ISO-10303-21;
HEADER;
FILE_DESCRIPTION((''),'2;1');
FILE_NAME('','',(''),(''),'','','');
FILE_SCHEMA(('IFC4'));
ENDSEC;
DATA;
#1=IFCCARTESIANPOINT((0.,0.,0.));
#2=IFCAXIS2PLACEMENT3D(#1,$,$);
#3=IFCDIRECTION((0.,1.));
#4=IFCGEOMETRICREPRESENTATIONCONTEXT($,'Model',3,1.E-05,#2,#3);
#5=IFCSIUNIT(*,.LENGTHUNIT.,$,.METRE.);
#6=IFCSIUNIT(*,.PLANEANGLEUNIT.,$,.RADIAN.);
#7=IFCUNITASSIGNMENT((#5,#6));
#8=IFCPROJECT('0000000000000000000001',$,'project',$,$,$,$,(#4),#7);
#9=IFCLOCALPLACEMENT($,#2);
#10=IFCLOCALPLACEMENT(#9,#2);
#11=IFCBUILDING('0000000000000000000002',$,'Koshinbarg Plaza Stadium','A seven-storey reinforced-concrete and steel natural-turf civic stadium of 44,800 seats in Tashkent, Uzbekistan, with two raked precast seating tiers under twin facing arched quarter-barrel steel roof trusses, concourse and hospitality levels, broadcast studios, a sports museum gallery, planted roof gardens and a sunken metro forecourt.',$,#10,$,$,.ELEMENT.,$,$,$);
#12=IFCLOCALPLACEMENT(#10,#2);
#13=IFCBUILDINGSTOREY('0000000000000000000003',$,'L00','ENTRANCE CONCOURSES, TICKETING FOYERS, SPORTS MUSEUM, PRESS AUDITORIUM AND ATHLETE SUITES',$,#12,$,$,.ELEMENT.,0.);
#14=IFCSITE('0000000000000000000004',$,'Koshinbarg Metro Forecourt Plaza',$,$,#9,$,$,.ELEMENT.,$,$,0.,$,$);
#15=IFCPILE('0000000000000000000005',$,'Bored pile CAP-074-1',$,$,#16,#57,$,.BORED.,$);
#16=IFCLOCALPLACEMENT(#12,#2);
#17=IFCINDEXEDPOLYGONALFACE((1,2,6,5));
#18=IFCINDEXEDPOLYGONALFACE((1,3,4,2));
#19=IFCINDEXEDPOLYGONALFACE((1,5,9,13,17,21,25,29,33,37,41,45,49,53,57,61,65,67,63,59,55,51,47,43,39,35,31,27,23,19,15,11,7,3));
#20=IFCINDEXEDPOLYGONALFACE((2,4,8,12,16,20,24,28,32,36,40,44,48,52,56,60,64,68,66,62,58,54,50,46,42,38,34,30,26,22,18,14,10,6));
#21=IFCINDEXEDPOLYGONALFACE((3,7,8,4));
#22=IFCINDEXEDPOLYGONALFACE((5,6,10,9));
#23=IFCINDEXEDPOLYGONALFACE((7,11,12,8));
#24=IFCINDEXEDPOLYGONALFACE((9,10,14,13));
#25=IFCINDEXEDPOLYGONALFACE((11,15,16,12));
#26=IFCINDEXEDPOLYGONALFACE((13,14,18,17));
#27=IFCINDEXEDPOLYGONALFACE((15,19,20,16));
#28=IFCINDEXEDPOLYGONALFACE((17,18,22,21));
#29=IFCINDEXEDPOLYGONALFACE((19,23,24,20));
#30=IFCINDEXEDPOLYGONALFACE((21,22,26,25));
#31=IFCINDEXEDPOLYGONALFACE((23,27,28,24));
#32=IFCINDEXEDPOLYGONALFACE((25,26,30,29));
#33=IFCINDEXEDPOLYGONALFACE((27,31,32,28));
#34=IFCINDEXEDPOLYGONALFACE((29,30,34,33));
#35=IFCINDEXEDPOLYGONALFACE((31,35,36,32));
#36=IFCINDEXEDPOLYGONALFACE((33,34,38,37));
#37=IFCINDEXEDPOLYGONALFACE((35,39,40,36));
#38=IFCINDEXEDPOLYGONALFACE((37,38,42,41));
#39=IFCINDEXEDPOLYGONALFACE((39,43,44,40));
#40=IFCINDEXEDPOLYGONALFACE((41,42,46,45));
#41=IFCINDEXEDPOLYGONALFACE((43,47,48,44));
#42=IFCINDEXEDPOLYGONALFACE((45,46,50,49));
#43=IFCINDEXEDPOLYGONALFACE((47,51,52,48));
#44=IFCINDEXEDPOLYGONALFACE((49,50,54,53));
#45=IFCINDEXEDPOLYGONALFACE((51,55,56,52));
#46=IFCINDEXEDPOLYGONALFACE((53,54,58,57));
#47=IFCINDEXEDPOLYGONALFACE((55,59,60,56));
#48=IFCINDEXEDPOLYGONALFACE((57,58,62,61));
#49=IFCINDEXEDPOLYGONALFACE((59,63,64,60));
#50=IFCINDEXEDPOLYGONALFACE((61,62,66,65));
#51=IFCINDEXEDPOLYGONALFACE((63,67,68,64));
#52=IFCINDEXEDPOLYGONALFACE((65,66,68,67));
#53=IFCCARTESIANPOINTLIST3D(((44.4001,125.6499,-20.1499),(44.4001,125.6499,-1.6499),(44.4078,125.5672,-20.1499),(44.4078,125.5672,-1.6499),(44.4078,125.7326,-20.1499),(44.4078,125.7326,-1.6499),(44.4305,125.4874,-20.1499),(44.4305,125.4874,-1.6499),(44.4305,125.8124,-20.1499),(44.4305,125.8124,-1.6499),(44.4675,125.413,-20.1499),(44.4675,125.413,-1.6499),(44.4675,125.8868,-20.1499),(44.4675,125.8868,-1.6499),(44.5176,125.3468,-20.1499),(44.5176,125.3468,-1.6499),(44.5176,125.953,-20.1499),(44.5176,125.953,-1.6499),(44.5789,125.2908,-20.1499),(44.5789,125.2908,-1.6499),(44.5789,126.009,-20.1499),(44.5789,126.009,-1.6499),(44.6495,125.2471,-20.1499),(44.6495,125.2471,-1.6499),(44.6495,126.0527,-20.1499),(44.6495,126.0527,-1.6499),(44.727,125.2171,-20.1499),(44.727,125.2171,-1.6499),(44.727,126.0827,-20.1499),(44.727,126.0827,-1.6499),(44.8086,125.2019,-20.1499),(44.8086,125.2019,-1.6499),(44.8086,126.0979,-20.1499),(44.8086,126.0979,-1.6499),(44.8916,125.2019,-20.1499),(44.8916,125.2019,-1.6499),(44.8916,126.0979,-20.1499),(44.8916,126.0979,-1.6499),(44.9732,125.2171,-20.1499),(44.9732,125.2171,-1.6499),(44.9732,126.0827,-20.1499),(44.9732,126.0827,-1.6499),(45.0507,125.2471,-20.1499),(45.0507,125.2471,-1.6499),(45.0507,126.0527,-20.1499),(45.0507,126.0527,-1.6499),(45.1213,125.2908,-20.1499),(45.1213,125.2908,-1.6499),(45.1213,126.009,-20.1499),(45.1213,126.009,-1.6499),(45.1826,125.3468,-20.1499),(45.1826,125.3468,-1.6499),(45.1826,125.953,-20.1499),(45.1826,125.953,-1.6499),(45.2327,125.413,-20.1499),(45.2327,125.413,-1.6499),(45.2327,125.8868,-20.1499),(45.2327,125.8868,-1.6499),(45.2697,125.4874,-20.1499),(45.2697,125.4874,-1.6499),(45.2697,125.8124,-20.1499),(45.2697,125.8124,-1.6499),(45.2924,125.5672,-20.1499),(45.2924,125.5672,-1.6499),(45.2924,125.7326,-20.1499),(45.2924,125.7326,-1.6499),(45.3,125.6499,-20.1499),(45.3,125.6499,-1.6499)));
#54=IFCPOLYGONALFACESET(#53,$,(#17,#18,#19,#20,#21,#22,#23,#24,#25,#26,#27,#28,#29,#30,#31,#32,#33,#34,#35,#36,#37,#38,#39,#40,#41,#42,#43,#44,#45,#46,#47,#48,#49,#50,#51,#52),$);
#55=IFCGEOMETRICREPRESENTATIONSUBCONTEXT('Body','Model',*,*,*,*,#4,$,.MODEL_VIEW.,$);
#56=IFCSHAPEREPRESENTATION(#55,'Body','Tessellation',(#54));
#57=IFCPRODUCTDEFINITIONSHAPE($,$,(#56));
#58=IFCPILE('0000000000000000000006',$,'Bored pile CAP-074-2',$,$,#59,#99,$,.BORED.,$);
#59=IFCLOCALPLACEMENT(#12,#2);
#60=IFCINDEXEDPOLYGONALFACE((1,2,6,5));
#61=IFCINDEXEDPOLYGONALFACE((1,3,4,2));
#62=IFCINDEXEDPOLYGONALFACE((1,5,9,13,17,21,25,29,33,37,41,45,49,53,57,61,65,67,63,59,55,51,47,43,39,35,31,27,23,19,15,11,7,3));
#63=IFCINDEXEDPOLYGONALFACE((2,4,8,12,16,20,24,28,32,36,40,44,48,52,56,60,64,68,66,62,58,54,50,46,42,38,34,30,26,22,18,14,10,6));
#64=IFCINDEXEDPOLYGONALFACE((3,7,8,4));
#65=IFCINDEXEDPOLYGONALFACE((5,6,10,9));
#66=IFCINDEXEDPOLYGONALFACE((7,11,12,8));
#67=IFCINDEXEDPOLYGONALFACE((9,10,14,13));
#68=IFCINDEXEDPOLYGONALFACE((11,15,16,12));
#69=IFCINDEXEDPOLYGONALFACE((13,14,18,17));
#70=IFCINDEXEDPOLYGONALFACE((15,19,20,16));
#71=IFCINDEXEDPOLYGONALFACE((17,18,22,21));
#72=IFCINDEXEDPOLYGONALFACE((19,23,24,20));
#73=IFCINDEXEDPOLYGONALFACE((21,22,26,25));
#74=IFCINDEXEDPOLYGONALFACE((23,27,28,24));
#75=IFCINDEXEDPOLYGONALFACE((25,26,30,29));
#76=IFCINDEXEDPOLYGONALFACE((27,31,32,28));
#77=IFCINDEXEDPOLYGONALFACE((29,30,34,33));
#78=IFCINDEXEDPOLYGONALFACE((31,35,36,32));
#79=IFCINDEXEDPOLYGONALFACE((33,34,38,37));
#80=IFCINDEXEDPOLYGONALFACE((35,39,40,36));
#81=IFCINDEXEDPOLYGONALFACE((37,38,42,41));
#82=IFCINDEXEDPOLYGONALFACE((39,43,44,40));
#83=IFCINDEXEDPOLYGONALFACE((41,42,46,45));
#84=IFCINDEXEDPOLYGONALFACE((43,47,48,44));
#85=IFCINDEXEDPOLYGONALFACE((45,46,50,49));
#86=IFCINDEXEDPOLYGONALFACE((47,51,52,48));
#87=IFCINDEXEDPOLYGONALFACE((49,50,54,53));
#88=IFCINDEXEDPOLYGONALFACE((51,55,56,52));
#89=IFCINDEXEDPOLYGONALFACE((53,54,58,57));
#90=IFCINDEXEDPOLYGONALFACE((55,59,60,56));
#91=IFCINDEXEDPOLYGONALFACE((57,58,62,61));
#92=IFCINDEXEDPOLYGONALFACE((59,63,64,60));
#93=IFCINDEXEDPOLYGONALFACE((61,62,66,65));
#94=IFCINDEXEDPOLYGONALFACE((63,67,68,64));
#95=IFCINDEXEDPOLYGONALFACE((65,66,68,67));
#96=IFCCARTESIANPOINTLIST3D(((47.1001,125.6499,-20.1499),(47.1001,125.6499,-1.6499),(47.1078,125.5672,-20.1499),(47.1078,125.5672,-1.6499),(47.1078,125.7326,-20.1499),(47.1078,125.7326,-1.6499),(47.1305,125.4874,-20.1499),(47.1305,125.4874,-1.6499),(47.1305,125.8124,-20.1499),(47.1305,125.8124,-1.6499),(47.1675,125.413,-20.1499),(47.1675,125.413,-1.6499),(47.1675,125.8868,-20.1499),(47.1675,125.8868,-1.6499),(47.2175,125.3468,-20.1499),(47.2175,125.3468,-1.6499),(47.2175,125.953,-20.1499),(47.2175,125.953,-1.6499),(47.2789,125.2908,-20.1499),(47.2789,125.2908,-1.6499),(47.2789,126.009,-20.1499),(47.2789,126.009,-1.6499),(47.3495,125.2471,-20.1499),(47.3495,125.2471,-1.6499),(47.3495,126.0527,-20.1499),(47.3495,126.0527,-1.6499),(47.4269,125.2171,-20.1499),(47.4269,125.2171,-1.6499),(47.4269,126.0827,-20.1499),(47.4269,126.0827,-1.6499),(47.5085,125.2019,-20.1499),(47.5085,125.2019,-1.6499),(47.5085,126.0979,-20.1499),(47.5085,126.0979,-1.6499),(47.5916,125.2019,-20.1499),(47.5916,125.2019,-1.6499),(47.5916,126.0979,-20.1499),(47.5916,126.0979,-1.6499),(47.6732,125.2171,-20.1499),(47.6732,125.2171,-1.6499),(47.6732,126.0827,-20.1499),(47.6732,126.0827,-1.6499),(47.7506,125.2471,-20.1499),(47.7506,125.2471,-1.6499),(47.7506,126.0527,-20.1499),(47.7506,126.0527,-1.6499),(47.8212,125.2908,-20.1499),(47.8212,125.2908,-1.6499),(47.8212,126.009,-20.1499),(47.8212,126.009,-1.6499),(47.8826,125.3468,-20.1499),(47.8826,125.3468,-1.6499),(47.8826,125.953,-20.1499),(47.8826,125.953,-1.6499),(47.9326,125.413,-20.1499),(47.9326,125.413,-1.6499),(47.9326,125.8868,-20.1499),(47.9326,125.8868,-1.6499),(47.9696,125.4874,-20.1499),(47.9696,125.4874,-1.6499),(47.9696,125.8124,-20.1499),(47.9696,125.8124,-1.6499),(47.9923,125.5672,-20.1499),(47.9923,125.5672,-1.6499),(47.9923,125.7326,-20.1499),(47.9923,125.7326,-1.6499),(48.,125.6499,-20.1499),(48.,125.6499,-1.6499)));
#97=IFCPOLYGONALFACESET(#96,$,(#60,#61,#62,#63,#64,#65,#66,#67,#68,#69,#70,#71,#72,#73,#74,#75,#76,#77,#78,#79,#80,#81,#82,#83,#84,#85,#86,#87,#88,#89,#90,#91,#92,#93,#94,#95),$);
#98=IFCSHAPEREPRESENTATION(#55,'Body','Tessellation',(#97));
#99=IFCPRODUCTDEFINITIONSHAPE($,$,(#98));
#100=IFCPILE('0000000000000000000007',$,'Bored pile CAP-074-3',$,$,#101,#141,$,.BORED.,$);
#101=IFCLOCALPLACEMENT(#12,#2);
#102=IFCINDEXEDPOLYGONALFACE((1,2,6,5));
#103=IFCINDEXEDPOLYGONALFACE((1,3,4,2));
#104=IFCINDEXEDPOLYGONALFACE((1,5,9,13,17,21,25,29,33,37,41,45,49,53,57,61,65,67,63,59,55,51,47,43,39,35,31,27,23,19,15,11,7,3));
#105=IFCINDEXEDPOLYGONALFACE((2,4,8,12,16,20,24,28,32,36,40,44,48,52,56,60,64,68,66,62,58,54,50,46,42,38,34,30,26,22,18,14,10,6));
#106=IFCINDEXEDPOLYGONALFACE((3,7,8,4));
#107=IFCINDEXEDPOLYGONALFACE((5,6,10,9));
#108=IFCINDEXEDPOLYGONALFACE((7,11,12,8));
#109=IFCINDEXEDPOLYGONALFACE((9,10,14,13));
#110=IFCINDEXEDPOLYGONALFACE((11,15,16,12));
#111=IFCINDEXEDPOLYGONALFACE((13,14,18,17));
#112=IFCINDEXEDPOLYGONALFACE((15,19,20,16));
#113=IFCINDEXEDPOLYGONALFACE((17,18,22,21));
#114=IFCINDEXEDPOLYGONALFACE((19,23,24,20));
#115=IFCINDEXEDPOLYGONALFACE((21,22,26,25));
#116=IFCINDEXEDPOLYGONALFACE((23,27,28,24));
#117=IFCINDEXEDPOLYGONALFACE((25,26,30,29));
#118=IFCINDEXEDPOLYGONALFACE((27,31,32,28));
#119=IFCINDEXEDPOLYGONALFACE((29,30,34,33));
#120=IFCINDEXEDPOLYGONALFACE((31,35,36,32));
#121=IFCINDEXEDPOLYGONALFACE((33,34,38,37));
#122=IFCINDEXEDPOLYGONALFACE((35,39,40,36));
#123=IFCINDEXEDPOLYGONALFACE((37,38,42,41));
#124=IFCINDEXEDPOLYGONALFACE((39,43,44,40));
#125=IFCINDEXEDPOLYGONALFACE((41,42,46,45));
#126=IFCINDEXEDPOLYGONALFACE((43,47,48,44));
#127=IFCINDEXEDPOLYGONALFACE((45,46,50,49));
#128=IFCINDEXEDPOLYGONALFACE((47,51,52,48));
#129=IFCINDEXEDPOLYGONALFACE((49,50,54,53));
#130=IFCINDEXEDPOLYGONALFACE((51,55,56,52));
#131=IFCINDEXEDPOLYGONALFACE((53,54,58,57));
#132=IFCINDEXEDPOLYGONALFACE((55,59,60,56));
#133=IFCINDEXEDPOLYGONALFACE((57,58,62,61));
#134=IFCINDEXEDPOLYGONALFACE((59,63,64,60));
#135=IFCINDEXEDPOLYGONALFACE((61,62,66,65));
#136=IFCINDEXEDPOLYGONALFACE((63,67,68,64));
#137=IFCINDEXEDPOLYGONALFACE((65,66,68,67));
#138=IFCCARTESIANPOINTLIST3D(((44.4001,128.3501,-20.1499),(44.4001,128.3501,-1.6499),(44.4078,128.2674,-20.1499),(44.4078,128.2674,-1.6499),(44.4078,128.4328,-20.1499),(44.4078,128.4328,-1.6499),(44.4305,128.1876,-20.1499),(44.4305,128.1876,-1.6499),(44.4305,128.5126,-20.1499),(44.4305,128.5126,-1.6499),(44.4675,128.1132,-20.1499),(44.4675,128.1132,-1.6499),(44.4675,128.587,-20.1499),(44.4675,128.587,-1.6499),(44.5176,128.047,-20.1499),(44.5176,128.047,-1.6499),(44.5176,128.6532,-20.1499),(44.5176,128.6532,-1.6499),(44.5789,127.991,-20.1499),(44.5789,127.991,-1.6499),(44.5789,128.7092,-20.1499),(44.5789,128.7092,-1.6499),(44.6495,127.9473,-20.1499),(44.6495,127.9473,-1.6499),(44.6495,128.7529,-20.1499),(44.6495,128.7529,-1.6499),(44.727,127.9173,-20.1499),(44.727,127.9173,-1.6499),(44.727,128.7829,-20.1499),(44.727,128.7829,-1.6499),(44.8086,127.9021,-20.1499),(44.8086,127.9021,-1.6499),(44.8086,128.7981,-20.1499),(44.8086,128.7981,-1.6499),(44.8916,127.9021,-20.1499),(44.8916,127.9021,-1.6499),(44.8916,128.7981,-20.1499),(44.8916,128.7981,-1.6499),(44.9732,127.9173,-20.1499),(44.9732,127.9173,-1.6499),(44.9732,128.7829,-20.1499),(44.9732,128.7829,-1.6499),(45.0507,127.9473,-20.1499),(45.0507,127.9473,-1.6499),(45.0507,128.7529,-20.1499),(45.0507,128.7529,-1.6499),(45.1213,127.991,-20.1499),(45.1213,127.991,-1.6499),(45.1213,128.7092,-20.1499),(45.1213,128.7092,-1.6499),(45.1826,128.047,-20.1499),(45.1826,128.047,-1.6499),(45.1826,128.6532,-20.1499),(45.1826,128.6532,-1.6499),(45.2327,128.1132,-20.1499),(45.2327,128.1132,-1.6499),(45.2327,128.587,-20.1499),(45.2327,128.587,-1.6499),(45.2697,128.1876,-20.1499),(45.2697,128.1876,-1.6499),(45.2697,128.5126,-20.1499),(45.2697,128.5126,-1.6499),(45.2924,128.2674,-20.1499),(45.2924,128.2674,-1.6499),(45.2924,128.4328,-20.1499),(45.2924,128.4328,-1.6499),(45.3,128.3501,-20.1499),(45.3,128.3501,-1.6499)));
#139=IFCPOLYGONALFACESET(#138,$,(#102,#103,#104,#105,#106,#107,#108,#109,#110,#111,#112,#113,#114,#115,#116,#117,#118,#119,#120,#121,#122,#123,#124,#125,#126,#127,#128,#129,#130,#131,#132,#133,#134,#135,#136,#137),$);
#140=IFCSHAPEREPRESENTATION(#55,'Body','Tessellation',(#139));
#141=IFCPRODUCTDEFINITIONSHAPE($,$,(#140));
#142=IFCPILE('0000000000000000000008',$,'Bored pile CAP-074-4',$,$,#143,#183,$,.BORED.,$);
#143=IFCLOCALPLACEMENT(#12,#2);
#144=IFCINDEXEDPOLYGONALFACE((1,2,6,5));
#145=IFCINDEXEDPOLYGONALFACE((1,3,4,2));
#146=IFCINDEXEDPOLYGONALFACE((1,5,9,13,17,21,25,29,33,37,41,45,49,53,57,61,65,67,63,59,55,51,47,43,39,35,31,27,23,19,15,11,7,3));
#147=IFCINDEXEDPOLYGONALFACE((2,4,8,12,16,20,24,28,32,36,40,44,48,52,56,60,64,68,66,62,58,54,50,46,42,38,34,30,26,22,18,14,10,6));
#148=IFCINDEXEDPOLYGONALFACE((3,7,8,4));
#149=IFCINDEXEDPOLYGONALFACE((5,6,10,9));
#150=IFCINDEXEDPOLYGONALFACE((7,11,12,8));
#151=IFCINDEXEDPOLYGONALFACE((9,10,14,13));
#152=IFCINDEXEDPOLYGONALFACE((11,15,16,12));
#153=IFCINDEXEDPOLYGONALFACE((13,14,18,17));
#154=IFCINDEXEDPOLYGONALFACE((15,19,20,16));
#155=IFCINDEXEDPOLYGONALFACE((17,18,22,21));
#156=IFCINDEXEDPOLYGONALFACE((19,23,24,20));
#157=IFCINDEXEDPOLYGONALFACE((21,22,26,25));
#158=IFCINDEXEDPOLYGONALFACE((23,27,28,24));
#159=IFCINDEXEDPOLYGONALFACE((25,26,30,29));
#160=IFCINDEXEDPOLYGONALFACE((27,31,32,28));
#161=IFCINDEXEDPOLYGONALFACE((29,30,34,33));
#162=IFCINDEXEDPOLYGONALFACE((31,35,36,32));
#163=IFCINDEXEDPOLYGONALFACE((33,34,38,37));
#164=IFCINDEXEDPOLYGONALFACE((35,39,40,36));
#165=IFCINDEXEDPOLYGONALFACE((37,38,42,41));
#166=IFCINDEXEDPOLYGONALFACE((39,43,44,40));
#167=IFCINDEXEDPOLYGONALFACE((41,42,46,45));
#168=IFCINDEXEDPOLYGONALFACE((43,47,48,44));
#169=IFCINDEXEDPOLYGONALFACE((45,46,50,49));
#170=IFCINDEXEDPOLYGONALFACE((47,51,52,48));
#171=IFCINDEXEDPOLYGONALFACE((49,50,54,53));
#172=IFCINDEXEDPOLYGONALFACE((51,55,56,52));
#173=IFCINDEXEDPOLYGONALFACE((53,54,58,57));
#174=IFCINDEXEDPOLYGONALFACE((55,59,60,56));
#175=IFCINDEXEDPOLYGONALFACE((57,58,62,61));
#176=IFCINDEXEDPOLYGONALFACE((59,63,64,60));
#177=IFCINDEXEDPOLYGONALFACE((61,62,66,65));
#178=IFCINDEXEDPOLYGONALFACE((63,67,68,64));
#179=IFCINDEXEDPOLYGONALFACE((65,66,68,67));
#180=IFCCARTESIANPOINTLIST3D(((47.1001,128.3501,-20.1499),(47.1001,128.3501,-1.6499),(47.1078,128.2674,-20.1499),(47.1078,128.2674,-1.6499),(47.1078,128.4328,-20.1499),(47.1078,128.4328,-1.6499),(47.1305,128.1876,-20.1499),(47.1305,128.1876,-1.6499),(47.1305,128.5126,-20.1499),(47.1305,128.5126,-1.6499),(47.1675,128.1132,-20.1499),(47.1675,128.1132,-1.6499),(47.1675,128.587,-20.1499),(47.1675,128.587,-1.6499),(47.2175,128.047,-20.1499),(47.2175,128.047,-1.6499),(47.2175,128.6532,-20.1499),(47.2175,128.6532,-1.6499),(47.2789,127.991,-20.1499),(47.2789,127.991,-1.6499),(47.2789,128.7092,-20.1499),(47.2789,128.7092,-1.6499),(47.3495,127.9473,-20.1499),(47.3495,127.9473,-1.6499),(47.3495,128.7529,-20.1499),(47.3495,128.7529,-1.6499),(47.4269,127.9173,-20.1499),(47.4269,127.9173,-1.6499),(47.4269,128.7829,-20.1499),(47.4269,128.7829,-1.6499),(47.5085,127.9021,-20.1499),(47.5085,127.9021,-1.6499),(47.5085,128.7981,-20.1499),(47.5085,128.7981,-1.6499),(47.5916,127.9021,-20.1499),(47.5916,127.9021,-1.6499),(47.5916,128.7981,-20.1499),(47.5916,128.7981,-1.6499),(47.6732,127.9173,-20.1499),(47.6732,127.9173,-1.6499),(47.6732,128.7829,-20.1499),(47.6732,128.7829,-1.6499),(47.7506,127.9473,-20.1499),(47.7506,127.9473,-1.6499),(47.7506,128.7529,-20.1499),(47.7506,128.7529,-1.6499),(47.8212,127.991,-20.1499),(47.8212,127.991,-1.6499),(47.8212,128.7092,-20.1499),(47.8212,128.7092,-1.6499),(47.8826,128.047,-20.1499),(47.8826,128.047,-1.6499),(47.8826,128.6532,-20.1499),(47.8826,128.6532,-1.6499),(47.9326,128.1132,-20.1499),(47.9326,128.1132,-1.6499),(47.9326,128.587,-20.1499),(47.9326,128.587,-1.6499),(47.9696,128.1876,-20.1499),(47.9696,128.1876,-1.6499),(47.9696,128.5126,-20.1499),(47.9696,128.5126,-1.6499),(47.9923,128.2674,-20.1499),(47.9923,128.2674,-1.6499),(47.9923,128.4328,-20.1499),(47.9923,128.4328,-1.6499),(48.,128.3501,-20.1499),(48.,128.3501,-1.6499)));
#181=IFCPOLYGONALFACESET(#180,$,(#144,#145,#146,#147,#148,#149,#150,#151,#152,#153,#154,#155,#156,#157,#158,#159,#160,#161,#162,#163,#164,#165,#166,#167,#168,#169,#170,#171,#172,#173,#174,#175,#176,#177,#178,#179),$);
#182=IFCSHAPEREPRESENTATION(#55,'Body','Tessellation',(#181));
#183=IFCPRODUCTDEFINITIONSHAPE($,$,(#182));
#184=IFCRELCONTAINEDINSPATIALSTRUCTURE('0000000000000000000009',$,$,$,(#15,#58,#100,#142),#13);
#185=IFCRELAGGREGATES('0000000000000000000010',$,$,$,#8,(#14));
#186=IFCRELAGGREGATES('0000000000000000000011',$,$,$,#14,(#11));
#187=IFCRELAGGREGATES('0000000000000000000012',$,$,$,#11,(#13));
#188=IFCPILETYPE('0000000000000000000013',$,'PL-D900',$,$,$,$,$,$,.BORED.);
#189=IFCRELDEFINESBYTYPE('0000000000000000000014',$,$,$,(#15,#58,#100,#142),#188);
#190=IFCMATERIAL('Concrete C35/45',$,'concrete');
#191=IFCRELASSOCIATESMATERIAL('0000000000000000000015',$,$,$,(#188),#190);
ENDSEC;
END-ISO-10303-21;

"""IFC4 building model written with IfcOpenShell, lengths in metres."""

from ifc_helpers import new_model, si_unit, direction, frame, origin, origin_2d, place, context, subcontext, project, spatial, circle, extrude, material, material_profile, profile_set, type_object, element, save


model = new_model("IFC4")

# Units and contexts
model_context = context("Model", 3, precision=1e-05, world=origin(), true_north=direction((0.0, 1.0)))
body_context = subcontext(model_context, "Body", "Model", "MODEL_VIEW")
ifc_project = project(units=[si_unit("LENGTHUNIT", "METRE"), si_unit("PLANEANGLEUNIT", "RADIAN")], contexts=[model_context])

# Site, building, storey
site_placement = place(None, origin())
site = spatial("IfcSite", under=ifc_project, at=site_placement, Name="Koshinbarg Metro Forecourt Plaza", CompositionType="ELEMENT", RefElevation=0.0)
building_placement = place(site_placement, origin())
building = spatial("IfcBuilding", under=site, at=building_placement, Name="Koshinbarg Plaza Stadium", Description="A seven-storey reinforced-concrete and steel natural-turf civic stadium of 44,800 seats in Tashkent, Uzbekistan, with two raked precast seating tiers under twin facing arched quarter-barrel steel roof trusses, concourse and hospitality levels, broadcast studios, a sports museum gallery, planted roof gardens and a sunken metro forecourt.", CompositionType="ELEMENT")
storey_placement = place(building_placement, origin())
storey = spatial("IfcBuildingStorey", under=building, at=storey_placement, Name="L00", Description="ENTRANCE CONCOURSES, TICKETING FOYERS, SPORTS MUSEUM, PRESS AUDITORIUM AND ATHLETE SUITES", CompositionType="ELEMENT", Elevation=0.0)

# Shared definitions
ifc_material_1 = material(Name="Concrete C35/45", Category="concrete")

# Piles
ifc_material_profile_1 = material_profile(ifc_material_1, circle(Radius=0.45, at=origin_2d()), Name="PILE D900")
ifc_profile_set_1 = profile_set([ifc_material_profile_1], Name="Concrete C35/45")
pile_type_1 = type_object("IfcPileType", Name="PL-D900", PredefinedType="BORED", material=ifc_profile_set_1)
for number, where, z_axis, x_axis, name in (
    (1, (44.8501, 125.6499, -1.6499), (0.0, 0.0, -1.0), (1.0, 0.0, 0.0), "Bored pile CAP-074-1"),
    (2, (47.55, 125.6499, -1.6499), (0.0, 0.0, -1.0), (1.0, 0.0, 0.0), "Bored pile CAP-074-2"),
    (3, (44.8501, 128.3501, -1.6499), (0.0, 0.0, -1.0), (1.0, 0.0, 0.0), "Bored pile CAP-074-3"),
    (4, (47.55, 128.3501, -1.6499), (0.0, 0.0, -1.0), (1.0, 0.0, 0.0), "Bored pile CAP-074-4"),
):
    element("IfcPile", number, at=place(storey_placement, frame(where, z_axis=z_axis, x_axis=x_axis)), inside=storey, type_object=pile_type_1, Name=name, PredefinedType="BORED", context=body_context, shape_type="SweptSolid", body=[
        extrude(circle(Radius=0.45, at=origin_2d()), origin(), (0.0, 0.0, 1.0), 18.5),
    ])

save(model, "model.ifc")
